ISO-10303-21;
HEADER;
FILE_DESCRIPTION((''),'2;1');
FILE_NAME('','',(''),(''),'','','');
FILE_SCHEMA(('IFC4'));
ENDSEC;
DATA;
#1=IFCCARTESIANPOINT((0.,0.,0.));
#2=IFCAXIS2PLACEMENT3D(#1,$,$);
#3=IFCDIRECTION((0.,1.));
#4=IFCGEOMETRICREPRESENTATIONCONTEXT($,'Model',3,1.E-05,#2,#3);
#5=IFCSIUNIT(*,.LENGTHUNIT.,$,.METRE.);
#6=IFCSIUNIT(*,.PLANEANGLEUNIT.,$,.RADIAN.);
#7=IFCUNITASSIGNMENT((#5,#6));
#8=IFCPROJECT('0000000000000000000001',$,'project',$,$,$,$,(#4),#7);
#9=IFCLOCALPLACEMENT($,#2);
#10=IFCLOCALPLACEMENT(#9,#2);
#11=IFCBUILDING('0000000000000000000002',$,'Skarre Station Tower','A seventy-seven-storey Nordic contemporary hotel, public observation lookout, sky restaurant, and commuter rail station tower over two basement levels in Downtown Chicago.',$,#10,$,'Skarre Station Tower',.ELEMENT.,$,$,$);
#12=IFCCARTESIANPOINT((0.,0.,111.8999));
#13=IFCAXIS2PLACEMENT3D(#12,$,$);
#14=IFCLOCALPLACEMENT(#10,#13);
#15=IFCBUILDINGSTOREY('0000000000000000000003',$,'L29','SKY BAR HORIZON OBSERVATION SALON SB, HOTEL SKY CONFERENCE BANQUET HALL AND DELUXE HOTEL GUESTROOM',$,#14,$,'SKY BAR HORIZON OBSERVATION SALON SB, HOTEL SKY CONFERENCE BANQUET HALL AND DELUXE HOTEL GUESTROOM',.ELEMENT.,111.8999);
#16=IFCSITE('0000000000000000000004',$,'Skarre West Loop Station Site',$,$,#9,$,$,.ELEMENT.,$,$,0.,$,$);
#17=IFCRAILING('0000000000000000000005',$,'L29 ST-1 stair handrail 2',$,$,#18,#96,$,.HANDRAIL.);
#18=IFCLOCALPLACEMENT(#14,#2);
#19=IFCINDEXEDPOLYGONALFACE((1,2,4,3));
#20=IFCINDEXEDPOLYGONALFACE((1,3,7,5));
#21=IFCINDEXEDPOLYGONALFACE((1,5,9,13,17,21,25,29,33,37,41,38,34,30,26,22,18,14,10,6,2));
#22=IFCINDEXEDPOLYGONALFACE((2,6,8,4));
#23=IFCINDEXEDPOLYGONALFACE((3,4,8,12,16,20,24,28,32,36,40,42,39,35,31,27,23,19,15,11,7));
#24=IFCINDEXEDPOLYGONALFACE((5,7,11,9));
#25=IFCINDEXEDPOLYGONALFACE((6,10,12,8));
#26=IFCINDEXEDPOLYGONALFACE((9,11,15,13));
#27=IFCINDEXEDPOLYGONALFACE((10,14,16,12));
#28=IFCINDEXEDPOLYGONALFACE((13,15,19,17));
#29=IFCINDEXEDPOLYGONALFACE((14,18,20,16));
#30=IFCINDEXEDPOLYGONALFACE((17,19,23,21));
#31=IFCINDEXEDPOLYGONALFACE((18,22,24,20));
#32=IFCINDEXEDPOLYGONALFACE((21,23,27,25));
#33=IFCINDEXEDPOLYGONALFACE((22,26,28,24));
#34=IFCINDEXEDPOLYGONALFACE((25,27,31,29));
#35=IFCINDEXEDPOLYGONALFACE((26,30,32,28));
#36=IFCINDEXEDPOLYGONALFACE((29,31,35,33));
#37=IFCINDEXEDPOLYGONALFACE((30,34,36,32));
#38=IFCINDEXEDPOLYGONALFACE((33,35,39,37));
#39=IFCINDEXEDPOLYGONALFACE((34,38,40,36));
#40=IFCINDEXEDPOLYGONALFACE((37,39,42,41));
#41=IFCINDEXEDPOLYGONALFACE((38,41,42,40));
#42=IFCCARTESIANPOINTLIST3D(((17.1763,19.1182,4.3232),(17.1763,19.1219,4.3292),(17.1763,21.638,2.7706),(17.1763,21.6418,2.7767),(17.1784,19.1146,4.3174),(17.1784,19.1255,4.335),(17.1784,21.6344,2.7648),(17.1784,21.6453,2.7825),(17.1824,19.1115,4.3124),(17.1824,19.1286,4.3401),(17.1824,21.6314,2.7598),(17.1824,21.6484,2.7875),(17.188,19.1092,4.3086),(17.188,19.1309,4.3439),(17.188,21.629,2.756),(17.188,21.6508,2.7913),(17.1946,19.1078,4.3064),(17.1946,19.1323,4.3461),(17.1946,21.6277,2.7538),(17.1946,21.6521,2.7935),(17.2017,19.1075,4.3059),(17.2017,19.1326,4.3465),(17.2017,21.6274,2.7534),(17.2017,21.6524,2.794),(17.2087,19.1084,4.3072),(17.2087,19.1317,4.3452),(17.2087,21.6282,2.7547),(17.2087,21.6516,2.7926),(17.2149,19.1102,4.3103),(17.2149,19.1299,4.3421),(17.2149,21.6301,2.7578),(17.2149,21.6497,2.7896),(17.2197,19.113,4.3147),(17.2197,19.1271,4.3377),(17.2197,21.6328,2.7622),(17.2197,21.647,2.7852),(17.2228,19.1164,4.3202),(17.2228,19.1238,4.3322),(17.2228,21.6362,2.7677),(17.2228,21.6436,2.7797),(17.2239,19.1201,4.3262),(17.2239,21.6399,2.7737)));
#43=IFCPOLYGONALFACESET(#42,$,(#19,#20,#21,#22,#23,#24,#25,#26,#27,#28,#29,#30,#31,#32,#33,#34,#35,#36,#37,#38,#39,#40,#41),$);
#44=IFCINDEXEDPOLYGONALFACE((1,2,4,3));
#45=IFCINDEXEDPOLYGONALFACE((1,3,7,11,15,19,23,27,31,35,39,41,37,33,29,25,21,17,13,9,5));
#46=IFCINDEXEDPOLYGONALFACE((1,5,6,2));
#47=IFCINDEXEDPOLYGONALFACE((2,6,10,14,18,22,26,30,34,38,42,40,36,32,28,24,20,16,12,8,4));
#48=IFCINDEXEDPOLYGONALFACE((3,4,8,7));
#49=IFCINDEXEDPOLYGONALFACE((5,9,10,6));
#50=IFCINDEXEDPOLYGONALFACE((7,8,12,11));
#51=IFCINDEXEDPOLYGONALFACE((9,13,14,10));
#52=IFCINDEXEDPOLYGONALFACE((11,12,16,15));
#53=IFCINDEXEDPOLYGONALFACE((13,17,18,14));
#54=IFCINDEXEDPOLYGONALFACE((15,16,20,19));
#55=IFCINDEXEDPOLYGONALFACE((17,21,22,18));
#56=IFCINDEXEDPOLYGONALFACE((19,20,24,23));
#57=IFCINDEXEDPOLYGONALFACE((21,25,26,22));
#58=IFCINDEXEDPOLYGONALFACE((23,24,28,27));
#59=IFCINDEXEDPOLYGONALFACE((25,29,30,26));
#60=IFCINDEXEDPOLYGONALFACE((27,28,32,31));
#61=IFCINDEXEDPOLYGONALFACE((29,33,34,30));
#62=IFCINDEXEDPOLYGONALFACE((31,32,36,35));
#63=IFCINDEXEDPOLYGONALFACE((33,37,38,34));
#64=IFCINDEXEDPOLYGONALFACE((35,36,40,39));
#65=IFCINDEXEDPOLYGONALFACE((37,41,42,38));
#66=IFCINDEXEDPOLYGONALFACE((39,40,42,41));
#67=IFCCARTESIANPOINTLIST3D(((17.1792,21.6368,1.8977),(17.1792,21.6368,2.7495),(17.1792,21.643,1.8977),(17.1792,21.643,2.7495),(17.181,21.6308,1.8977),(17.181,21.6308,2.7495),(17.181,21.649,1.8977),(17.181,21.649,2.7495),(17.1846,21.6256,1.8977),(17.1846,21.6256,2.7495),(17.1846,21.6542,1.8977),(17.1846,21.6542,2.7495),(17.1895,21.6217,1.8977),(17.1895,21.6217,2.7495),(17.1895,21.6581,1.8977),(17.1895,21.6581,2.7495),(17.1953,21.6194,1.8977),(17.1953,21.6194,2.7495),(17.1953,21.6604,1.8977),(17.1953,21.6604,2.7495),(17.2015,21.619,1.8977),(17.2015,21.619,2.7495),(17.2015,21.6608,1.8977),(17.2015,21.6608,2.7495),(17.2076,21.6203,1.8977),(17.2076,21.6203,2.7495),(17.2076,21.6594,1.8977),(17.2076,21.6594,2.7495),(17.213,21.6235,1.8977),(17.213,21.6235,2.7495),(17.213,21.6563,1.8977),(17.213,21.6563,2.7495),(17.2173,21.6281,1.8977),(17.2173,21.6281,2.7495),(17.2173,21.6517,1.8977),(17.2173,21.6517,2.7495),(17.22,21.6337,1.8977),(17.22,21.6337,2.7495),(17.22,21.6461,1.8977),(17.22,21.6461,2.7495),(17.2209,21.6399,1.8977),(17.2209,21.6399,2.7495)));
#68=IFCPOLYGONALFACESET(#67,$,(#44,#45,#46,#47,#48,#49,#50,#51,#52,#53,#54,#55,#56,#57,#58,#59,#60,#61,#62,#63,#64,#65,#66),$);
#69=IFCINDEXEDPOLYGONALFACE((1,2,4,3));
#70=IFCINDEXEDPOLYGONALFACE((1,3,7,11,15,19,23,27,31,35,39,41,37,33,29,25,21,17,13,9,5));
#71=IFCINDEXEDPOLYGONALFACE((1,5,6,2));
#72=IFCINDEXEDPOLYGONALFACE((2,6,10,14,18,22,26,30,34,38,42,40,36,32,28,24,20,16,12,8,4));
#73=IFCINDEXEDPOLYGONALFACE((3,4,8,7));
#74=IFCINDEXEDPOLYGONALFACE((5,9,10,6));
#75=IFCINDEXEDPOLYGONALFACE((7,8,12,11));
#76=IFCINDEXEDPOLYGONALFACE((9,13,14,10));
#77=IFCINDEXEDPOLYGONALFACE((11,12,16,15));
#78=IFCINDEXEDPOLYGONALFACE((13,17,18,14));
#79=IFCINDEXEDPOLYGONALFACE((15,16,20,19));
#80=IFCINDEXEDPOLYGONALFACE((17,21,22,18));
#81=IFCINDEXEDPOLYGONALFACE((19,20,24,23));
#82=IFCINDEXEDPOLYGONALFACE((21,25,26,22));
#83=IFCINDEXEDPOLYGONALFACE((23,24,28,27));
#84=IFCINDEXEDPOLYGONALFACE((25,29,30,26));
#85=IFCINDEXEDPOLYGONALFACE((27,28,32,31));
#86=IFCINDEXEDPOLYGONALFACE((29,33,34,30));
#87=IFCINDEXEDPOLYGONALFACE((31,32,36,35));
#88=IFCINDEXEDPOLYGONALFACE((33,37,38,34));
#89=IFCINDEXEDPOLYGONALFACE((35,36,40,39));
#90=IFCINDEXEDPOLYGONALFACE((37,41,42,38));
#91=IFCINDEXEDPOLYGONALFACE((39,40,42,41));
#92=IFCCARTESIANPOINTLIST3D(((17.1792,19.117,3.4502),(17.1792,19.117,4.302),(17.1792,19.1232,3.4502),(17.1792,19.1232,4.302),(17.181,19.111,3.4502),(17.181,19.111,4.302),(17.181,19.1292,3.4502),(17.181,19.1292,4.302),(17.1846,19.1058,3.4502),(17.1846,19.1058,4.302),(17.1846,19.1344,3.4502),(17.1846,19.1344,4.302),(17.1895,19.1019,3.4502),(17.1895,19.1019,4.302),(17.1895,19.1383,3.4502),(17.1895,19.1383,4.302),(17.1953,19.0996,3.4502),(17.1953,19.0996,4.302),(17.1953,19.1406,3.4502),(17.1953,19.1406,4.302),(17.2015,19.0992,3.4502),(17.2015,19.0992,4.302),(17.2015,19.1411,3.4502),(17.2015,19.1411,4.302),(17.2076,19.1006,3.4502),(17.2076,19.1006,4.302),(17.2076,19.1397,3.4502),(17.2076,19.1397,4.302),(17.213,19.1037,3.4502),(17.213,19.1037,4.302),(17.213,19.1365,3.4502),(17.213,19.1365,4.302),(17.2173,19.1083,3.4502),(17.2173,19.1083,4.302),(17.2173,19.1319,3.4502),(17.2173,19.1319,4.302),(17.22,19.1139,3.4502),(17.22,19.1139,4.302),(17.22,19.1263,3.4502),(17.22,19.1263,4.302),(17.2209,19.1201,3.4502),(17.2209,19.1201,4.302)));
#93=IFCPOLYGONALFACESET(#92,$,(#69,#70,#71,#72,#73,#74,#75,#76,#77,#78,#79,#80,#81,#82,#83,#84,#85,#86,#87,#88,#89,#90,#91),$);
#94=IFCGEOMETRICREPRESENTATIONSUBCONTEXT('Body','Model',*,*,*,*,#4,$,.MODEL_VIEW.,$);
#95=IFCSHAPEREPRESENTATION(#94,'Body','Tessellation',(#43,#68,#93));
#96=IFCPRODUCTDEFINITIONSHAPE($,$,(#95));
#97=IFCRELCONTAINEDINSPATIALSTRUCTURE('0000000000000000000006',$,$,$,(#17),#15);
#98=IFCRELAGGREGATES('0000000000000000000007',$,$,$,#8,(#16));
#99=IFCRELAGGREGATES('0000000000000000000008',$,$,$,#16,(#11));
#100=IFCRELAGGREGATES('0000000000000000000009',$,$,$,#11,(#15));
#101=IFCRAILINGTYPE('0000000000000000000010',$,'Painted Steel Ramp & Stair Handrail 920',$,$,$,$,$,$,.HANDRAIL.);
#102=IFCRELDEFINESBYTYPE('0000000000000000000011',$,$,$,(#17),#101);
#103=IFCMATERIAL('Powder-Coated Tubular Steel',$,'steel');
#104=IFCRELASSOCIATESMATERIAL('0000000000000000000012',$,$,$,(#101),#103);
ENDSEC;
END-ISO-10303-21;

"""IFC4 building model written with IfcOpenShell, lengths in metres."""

from ifc_helpers import new_model, si_unit, direction, frame, origin, origin_2d, place, context, subcontext, project, spatial, circle, extrude, material, type_object, element, save


model = new_model("IFC4")

# Units and contexts
model_context = context("Model", 3, precision=1e-05, world=origin(), true_north=direction((0.0, 1.0)))
body_context = subcontext(model_context, "Body", "Model", "MODEL_VIEW")
ifc_project = project(units=[si_unit("LENGTHUNIT", "METRE"), si_unit("PLANEANGLEUNIT", "RADIAN")], contexts=[model_context])

# Site, building, storey
site_placement = place(None, origin())
site = spatial("IfcSite", under=ifc_project, at=site_placement, Name="Skarre West Loop Station Site", CompositionType="ELEMENT", RefElevation=0.0)
building_placement = place(site_placement, origin())
building = spatial("IfcBuilding", under=site, at=building_placement, Name="Skarre Station Tower", Description="A seventy-seven-storey Nordic contemporary hotel, public observation lookout, sky restaurant, and commuter rail station tower over two basement levels in Downtown Chicago.", LongName="Skarre Station Tower", CompositionType="ELEMENT")
storey_placement = place(building_placement, frame((0.0, 0.0, 111.8999)))
storey = spatial("IfcBuildingStorey", under=building, at=storey_placement, Name="L29", Description="SKY BAR HORIZON OBSERVATION SALON SB, HOTEL SKY CONFERENCE BANQUET HALL AND DELUXE HOTEL GUESTROOM", LongName="SKY BAR HORIZON OBSERVATION SALON SB, HOTEL SKY CONFERENCE BANQUET HALL AND DELUXE HOTEL GUESTROOM", CompositionType="ELEMENT", Elevation=111.8999)

# Railing
ifc_material_1 = material(Name="Powder-Coated Tubular Steel", Category="steel")
railing_type = type_object("IfcRailingType", Name="Painted Steel Ramp & Stair Handrail 920", PredefinedType="HANDRAIL", material=ifc_material_1)
railing_placement = place(storey_placement, frame((17.2, 21.6399, 1.8977)))
element("IfcRailing", 1, at=railing_placement, inside=storey, type_object=railing_type, Name="L29 ST-1 stair handrail 2", PredefinedType="HANDRAIL", context=body_context, shape_type="SweptSolid", body=[
    extrude(circle(Radius=0.0239, at=origin_2d()), frame((0.0, 0.0, 0.876), z_axis=(0.0, -0.851378, 0.524553), x_axis=(1.0, 0.0, 0.0)), (0.0, 0.0, 1.0), 2.9597),
    extrude(circle(Radius=0.021, at=origin_2d()), origin(), (0.0, 0.0, 1.0), 0.8518),
    extrude(circle(Radius=0.021, at=origin_2d()), frame((0.0, -2.5198, 1.5525)), (0.0, 0.0, 1.0), 0.8518),
])

save(model, "model.ifc")
